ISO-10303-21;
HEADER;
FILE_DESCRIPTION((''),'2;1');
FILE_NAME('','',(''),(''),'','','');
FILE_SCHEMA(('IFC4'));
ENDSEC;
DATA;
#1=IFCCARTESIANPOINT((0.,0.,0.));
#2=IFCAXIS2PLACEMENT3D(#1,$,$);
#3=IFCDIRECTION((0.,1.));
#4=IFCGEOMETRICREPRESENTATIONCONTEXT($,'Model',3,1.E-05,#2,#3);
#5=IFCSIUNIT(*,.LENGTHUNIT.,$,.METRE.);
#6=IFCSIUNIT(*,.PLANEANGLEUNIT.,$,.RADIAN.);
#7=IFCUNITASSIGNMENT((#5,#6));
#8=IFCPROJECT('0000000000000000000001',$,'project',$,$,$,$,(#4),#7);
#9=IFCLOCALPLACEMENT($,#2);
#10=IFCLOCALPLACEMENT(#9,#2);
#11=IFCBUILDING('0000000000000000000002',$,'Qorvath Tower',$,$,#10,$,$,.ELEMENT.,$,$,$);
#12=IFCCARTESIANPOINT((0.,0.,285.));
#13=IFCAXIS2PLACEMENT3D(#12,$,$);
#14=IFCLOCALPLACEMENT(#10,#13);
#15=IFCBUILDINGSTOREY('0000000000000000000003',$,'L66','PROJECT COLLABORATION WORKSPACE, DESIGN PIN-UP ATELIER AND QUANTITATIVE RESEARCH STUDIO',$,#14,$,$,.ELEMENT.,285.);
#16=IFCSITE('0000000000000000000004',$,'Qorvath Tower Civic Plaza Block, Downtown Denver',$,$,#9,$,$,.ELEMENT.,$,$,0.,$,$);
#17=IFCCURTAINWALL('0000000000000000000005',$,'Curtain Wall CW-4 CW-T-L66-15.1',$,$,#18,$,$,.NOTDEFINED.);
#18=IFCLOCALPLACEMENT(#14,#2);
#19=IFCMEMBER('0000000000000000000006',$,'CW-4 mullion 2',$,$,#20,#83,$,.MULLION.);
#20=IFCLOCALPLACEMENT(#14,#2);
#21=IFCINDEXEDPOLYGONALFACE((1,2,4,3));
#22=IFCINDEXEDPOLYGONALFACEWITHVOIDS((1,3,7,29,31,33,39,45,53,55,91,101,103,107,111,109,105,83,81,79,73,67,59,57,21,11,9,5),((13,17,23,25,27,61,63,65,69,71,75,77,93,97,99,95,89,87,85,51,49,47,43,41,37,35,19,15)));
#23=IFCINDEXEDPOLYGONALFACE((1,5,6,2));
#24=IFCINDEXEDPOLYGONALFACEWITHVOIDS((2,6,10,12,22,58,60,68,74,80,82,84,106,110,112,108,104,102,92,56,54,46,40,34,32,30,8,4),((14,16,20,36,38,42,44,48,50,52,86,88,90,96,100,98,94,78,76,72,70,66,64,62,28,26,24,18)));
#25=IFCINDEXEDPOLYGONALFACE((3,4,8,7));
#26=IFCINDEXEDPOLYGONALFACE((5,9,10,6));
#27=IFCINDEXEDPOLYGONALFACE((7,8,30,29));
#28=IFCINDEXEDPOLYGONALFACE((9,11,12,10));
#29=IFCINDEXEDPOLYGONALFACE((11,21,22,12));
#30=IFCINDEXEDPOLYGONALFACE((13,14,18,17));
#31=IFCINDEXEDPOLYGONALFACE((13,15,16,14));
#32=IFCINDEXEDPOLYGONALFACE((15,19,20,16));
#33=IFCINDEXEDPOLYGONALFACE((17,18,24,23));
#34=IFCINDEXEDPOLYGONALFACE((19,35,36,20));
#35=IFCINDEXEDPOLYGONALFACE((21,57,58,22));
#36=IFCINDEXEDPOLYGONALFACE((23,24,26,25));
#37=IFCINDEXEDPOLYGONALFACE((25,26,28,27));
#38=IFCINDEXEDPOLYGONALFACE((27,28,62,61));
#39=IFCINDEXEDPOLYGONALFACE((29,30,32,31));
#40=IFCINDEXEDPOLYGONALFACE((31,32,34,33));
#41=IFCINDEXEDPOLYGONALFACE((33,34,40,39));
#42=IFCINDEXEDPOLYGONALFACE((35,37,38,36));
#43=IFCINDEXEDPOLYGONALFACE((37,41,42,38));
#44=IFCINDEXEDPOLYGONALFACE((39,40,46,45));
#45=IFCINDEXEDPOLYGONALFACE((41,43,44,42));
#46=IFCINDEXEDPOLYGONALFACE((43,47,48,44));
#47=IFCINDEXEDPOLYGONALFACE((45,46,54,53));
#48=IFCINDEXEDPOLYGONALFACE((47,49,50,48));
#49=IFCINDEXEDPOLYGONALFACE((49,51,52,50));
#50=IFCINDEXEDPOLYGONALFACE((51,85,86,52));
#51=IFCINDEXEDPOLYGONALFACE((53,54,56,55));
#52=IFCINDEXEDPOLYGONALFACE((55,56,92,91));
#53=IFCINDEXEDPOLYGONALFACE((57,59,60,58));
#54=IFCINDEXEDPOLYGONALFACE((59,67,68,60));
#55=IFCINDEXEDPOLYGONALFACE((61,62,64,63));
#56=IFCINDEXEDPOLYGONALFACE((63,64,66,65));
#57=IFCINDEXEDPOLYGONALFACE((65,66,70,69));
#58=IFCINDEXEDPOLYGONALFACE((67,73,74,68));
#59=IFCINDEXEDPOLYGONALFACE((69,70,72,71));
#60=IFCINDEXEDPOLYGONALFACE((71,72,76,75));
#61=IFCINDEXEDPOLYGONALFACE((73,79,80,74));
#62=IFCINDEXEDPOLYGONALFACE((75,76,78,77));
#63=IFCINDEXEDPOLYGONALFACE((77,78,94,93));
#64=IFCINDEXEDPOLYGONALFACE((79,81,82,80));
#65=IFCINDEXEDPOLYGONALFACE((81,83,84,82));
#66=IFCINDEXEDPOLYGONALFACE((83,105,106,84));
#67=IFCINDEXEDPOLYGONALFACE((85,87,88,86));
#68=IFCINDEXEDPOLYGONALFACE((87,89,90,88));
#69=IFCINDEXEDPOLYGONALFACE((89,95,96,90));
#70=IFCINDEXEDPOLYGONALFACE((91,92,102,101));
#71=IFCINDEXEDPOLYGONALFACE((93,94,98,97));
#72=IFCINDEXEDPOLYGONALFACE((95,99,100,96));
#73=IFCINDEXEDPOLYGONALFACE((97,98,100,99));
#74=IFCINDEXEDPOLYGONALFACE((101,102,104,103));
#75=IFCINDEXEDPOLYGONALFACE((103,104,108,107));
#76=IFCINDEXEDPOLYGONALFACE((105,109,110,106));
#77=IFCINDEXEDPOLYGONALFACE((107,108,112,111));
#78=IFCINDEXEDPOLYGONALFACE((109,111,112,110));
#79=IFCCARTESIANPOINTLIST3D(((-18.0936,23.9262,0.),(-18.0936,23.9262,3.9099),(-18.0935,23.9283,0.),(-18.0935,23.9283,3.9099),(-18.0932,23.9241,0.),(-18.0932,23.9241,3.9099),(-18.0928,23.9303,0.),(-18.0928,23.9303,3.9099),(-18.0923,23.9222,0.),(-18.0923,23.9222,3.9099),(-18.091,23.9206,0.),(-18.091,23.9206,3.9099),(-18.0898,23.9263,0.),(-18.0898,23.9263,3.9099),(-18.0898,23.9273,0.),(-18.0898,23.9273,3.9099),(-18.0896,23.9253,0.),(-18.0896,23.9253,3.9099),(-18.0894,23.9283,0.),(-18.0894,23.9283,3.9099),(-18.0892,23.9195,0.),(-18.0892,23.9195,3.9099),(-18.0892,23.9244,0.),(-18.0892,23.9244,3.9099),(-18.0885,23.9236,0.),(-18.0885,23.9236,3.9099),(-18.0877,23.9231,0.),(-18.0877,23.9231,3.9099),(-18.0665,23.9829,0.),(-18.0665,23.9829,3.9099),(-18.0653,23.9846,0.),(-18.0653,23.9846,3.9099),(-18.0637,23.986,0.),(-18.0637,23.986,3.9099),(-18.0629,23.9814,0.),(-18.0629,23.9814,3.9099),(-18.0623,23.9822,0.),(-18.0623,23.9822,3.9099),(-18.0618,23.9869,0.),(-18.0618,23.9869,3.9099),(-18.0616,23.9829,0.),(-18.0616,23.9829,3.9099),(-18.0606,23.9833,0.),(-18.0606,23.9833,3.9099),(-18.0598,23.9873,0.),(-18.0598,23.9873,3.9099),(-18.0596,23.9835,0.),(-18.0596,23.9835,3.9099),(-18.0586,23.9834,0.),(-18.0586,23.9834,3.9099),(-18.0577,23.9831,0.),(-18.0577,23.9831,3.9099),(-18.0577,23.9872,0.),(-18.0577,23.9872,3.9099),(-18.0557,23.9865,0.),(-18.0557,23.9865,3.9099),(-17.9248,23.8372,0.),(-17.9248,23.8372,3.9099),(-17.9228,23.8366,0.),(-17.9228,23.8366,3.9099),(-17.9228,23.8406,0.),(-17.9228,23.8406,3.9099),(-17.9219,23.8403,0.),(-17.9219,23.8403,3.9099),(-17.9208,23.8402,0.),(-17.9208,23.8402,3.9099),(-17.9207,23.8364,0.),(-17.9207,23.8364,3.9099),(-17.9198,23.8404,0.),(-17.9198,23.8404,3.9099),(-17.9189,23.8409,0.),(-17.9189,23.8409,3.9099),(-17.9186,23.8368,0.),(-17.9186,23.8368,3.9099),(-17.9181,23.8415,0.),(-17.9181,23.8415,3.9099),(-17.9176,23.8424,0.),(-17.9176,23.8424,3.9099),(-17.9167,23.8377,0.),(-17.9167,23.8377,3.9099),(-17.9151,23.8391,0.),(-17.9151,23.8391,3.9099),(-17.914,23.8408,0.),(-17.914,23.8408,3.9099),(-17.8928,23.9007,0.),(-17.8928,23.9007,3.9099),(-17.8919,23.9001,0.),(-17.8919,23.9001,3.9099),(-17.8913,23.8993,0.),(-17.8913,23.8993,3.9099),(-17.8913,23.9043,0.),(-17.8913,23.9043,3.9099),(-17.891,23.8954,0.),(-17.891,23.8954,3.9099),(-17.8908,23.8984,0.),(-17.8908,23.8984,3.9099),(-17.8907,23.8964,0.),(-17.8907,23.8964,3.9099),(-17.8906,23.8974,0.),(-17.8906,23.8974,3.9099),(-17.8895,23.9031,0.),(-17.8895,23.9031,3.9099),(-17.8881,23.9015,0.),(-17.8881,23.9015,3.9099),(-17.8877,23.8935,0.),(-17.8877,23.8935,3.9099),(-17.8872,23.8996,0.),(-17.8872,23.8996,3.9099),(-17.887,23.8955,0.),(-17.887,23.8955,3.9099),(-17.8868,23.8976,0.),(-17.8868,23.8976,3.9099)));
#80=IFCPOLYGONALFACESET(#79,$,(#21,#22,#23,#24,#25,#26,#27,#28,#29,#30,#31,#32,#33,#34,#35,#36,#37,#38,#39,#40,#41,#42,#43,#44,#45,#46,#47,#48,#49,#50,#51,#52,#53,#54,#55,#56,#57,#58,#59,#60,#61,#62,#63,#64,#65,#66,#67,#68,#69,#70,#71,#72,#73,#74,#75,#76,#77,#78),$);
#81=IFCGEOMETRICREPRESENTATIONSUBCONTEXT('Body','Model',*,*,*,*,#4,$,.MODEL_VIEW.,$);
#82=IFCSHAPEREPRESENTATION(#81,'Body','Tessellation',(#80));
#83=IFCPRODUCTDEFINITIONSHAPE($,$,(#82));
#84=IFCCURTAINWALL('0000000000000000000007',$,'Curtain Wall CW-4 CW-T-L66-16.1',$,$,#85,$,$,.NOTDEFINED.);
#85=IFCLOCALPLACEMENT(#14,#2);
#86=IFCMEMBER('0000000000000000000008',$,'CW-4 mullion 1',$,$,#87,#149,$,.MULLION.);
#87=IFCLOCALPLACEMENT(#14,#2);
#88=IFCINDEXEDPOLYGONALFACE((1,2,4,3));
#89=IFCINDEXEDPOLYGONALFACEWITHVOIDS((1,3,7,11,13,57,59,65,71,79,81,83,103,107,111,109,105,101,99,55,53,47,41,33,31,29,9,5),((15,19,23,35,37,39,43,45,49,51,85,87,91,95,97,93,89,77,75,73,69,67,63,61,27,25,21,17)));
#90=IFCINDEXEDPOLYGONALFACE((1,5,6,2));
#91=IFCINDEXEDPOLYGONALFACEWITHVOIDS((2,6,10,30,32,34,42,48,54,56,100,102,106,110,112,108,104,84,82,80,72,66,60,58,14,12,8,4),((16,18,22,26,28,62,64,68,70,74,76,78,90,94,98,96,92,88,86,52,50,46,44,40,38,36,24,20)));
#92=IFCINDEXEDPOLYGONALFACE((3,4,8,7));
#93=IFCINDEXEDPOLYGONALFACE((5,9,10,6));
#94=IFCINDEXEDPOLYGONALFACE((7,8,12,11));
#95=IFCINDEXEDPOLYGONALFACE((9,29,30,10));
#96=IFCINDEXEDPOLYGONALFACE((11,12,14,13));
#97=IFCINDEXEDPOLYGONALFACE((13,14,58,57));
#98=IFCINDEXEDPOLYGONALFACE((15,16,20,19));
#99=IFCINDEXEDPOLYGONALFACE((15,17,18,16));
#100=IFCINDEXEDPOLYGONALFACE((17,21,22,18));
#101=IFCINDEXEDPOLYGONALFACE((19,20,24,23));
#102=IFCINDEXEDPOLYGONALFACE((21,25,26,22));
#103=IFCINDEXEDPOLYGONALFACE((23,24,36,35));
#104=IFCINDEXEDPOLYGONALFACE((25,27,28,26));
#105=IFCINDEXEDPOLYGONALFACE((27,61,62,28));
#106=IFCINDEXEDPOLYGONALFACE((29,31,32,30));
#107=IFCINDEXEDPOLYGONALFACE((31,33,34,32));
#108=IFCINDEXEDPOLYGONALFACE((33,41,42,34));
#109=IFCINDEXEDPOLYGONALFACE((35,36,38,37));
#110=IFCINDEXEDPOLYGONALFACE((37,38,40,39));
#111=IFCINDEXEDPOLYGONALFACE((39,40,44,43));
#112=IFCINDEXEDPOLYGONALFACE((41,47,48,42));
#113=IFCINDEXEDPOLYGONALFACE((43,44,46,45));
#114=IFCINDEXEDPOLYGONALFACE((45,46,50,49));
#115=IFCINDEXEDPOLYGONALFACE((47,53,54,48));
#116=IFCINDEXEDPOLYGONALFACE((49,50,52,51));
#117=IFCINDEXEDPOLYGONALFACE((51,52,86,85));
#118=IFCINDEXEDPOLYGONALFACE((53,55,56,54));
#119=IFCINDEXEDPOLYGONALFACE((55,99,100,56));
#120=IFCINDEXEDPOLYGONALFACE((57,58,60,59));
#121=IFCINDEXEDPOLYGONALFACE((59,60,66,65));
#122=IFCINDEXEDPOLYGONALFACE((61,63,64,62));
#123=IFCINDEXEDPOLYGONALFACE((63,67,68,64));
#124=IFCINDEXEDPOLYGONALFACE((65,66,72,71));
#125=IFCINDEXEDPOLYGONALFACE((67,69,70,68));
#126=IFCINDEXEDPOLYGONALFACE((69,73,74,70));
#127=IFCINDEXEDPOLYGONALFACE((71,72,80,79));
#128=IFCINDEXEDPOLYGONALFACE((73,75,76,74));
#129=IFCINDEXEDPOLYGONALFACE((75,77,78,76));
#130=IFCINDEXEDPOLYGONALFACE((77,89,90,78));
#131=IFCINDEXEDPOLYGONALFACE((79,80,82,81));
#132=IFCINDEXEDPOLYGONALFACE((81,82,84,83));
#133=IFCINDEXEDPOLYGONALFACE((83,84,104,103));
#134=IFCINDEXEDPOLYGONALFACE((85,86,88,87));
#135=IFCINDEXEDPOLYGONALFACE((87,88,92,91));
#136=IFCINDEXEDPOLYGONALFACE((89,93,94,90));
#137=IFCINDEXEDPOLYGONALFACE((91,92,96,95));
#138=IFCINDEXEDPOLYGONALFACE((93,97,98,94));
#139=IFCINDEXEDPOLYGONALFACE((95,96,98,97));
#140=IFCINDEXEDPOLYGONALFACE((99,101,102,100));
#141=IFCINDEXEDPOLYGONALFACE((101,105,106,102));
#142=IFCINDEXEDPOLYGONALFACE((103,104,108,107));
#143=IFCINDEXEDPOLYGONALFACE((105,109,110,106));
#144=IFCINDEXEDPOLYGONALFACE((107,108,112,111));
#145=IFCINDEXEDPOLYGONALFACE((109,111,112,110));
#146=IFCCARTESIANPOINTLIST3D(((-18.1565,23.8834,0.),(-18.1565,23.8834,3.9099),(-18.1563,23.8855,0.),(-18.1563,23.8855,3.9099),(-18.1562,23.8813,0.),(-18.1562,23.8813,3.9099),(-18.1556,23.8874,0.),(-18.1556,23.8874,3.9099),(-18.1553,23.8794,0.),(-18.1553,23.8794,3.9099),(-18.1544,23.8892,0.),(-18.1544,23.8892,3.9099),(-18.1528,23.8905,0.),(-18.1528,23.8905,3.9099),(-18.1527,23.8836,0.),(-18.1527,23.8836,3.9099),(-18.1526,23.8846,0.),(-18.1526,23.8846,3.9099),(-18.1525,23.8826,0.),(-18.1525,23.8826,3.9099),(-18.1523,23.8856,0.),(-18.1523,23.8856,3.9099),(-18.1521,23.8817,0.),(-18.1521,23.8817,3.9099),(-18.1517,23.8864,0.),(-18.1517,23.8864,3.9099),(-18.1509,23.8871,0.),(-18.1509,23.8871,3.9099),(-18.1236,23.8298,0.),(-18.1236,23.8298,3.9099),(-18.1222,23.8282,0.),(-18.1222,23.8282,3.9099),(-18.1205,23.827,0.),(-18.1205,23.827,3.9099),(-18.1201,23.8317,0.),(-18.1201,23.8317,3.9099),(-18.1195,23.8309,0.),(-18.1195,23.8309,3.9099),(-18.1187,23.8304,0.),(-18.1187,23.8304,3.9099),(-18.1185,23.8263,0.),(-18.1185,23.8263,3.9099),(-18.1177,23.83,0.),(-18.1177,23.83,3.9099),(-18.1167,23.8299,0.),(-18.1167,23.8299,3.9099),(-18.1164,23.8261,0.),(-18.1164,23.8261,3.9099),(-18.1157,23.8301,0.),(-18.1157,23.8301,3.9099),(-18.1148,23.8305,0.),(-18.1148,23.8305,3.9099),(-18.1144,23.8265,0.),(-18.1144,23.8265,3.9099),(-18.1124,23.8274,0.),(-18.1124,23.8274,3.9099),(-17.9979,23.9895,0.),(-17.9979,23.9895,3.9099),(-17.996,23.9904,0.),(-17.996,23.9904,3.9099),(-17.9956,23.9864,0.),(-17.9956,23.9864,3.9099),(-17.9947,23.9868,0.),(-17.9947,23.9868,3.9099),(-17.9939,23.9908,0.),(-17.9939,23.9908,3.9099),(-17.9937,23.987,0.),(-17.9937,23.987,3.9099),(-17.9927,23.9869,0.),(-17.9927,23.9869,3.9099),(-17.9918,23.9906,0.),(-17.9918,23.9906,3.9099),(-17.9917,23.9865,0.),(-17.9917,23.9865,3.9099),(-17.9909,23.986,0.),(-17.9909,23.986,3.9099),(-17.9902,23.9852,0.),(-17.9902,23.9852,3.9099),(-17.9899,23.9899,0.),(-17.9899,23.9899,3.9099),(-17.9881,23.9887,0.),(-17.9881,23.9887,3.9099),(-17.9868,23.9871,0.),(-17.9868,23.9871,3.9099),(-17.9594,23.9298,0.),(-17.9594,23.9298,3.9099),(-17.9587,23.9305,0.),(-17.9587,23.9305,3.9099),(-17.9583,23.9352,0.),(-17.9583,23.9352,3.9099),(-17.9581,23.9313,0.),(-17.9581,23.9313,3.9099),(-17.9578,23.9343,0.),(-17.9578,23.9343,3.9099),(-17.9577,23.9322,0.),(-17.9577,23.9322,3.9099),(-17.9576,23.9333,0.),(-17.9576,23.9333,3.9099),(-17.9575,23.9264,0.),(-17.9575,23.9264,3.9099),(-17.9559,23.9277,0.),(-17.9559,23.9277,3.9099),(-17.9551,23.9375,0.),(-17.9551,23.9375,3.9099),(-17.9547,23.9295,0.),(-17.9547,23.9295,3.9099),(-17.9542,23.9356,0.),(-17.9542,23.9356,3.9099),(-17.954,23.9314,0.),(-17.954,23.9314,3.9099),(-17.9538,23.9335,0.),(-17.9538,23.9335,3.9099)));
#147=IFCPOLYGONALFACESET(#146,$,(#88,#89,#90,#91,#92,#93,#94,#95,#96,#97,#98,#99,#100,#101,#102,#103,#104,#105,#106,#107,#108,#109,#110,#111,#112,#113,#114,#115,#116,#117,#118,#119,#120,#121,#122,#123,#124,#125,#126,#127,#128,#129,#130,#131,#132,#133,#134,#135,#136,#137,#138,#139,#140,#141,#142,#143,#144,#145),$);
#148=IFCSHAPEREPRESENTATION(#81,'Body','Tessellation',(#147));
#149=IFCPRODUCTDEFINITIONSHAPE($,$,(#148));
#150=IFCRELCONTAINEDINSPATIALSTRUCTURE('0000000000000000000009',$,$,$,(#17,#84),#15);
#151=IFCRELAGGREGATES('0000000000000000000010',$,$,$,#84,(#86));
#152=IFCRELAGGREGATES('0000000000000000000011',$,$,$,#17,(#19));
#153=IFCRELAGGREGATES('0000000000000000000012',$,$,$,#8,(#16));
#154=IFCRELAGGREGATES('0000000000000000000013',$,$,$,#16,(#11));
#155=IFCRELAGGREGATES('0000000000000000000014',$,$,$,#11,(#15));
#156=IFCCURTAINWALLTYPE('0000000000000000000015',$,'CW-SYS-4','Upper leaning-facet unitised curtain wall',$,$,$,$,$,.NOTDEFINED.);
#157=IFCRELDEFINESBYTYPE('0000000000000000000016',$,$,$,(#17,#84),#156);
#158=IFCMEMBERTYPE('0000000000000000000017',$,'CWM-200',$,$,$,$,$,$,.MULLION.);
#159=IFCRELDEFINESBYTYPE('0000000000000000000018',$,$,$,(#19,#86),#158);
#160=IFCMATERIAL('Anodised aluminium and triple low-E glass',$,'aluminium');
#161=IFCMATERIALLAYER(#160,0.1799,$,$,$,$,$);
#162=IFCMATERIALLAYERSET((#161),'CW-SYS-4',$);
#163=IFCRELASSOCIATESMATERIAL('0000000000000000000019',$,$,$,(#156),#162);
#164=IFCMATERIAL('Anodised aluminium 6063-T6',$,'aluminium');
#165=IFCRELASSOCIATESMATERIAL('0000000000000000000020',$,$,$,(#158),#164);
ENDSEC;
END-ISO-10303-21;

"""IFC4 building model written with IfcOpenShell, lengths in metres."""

from ifc_helpers import new_model, si_unit, direction, frame, origin, origin_2d, place, context, subcontext, project, spatial, hollow_rectangle, extrude, material, layer, layer_set, material_profile, profile_set, type_object, element, aggregate, save


model = new_model("IFC4")

# Units and contexts
model_context = context("Model", 3, precision=1e-05, world=origin(), true_north=direction((0.0, 1.0)))
body_context = subcontext(model_context, "Body", "Model", "MODEL_VIEW")
ifc_project = project(units=[si_unit("LENGTHUNIT", "METRE"), si_unit("PLANEANGLEUNIT", "RADIAN")], contexts=[model_context])

# Site, building, storey
site_placement = place(None, origin())
site = spatial("IfcSite", under=ifc_project, at=site_placement, Name="Qorvath Tower Civic Plaza Block, Downtown Denver", CompositionType="ELEMENT", RefElevation=0.0)
building_placement = place(site_placement, origin())
building = spatial("IfcBuilding", under=site, at=building_placement, Name="Qorvath Tower", CompositionType="ELEMENT")
storey_placement = place(building_placement, frame((0.0, 0.0, 285.0)))
storey = spatial("IfcBuildingStorey", under=building, at=storey_placement, Name="L66", Description="PROJECT COLLABORATION WORKSPACE, DESIGN PIN-UP ATELIER AND QUANTITATIVE RESEARCH STUDIO", CompositionType="ELEMENT", Elevation=285.0)

# Shared definitions
ifc_material_1 = material(Name="Anodised aluminium and triple low-E glass", Category="aluminium")
ifc_layer_1 = layer(ifc_material_1, 0.1799)
ifc_layer_set_1 = layer_set([ifc_layer_1], Name="CW-SYS-4")
curtain_wall_type = type_object("IfcCurtainWallType", Name="CW-SYS-4", Description="Upper leaning-facet unitised curtain wall", PredefinedType="NOTDEFINED", material=ifc_layer_set_1)
ifc_material_2 = material(Name="Anodised aluminium 6063-T6", Category="aluminium")
ifc_material_profile_1 = material_profile(ifc_material_2, hollow_rectangle(XDim=0.075, YDim=0.2, WallThickness=0.0039, InnerFilletRadius=0.0039, OuterFilletRadius=0.0081, at=origin_2d()), Name="CWM 200x75")
ifc_profile_set_1 = profile_set([ifc_material_profile_1], Name="Anodised aluminium 6063-T6")
member_type_1 = type_object("IfcMemberType", Name="CWM-200", PredefinedType="MULLION", material=ifc_profile_set_1)

# Curtain wall, member
curtain_wall_1_placement = place(storey_placement, origin())
curtain_wall_1 = element("IfcCurtainWall", 1, at=curtain_wall_1_placement, inside=storey, type_object=curtain_wall_type, Name="Curtain Wall CW-4 CW-T-L66-15.1", PredefinedType="NOTDEFINED")
member_1_placement = place(storey_placement, frame((-17.9902, 23.9119, 0.0), z_axis=(0.0, 0.0, 1.0), x_axis=(-0.447235, -0.894417, 0.0)))
member_1 = element("IfcMember", 2, at=member_1_placement, type_object=member_type_1, Name="CW-4 mullion 2", PredefinedType="MULLION", context=body_context, shape_type="SweptSolid", body=[
    extrude(hollow_rectangle(XDim=0.075, YDim=0.2, WallThickness=0.0039, InnerFilletRadius=0.0039, OuterFilletRadius=0.0081, at=origin_2d()), origin(), (0.0, 0.0, 1.0), 3.9099),
])

# Curtain wall, member
curtain_wall_2_placement = place(storey_placement, origin())
curtain_wall_2 = element("IfcCurtainWall", 3, at=curtain_wall_2_placement, inside=storey, type_object=curtain_wall_type, Name="Curtain Wall CW-4 CW-T-L66-16.1", PredefinedType="NOTDEFINED")
member_2_placement = place(storey_placement, frame((-18.0552, 23.9084, 0.0), z_axis=(0.0, 0.0, 1.0), x_axis=(0.538532, -0.842605, 0.0)))
member_2 = element("IfcMember", 4, at=member_2_placement, type_object=member_type_1, Name="CW-4 mullion 1", PredefinedType="MULLION", context=body_context, shape_type="SweptSolid", body=[
    extrude(hollow_rectangle(XDim=0.075, YDim=0.2, WallThickness=0.0039, InnerFilletRadius=0.0039, OuterFilletRadius=0.0081, at=origin_2d()), origin(), (0.0, 0.0, 1.0), 3.9099),
])

aggregate(curtain_wall_2, [member_2])

aggregate(curtain_wall_1, [member_1])

save(model, "model.ifc")
